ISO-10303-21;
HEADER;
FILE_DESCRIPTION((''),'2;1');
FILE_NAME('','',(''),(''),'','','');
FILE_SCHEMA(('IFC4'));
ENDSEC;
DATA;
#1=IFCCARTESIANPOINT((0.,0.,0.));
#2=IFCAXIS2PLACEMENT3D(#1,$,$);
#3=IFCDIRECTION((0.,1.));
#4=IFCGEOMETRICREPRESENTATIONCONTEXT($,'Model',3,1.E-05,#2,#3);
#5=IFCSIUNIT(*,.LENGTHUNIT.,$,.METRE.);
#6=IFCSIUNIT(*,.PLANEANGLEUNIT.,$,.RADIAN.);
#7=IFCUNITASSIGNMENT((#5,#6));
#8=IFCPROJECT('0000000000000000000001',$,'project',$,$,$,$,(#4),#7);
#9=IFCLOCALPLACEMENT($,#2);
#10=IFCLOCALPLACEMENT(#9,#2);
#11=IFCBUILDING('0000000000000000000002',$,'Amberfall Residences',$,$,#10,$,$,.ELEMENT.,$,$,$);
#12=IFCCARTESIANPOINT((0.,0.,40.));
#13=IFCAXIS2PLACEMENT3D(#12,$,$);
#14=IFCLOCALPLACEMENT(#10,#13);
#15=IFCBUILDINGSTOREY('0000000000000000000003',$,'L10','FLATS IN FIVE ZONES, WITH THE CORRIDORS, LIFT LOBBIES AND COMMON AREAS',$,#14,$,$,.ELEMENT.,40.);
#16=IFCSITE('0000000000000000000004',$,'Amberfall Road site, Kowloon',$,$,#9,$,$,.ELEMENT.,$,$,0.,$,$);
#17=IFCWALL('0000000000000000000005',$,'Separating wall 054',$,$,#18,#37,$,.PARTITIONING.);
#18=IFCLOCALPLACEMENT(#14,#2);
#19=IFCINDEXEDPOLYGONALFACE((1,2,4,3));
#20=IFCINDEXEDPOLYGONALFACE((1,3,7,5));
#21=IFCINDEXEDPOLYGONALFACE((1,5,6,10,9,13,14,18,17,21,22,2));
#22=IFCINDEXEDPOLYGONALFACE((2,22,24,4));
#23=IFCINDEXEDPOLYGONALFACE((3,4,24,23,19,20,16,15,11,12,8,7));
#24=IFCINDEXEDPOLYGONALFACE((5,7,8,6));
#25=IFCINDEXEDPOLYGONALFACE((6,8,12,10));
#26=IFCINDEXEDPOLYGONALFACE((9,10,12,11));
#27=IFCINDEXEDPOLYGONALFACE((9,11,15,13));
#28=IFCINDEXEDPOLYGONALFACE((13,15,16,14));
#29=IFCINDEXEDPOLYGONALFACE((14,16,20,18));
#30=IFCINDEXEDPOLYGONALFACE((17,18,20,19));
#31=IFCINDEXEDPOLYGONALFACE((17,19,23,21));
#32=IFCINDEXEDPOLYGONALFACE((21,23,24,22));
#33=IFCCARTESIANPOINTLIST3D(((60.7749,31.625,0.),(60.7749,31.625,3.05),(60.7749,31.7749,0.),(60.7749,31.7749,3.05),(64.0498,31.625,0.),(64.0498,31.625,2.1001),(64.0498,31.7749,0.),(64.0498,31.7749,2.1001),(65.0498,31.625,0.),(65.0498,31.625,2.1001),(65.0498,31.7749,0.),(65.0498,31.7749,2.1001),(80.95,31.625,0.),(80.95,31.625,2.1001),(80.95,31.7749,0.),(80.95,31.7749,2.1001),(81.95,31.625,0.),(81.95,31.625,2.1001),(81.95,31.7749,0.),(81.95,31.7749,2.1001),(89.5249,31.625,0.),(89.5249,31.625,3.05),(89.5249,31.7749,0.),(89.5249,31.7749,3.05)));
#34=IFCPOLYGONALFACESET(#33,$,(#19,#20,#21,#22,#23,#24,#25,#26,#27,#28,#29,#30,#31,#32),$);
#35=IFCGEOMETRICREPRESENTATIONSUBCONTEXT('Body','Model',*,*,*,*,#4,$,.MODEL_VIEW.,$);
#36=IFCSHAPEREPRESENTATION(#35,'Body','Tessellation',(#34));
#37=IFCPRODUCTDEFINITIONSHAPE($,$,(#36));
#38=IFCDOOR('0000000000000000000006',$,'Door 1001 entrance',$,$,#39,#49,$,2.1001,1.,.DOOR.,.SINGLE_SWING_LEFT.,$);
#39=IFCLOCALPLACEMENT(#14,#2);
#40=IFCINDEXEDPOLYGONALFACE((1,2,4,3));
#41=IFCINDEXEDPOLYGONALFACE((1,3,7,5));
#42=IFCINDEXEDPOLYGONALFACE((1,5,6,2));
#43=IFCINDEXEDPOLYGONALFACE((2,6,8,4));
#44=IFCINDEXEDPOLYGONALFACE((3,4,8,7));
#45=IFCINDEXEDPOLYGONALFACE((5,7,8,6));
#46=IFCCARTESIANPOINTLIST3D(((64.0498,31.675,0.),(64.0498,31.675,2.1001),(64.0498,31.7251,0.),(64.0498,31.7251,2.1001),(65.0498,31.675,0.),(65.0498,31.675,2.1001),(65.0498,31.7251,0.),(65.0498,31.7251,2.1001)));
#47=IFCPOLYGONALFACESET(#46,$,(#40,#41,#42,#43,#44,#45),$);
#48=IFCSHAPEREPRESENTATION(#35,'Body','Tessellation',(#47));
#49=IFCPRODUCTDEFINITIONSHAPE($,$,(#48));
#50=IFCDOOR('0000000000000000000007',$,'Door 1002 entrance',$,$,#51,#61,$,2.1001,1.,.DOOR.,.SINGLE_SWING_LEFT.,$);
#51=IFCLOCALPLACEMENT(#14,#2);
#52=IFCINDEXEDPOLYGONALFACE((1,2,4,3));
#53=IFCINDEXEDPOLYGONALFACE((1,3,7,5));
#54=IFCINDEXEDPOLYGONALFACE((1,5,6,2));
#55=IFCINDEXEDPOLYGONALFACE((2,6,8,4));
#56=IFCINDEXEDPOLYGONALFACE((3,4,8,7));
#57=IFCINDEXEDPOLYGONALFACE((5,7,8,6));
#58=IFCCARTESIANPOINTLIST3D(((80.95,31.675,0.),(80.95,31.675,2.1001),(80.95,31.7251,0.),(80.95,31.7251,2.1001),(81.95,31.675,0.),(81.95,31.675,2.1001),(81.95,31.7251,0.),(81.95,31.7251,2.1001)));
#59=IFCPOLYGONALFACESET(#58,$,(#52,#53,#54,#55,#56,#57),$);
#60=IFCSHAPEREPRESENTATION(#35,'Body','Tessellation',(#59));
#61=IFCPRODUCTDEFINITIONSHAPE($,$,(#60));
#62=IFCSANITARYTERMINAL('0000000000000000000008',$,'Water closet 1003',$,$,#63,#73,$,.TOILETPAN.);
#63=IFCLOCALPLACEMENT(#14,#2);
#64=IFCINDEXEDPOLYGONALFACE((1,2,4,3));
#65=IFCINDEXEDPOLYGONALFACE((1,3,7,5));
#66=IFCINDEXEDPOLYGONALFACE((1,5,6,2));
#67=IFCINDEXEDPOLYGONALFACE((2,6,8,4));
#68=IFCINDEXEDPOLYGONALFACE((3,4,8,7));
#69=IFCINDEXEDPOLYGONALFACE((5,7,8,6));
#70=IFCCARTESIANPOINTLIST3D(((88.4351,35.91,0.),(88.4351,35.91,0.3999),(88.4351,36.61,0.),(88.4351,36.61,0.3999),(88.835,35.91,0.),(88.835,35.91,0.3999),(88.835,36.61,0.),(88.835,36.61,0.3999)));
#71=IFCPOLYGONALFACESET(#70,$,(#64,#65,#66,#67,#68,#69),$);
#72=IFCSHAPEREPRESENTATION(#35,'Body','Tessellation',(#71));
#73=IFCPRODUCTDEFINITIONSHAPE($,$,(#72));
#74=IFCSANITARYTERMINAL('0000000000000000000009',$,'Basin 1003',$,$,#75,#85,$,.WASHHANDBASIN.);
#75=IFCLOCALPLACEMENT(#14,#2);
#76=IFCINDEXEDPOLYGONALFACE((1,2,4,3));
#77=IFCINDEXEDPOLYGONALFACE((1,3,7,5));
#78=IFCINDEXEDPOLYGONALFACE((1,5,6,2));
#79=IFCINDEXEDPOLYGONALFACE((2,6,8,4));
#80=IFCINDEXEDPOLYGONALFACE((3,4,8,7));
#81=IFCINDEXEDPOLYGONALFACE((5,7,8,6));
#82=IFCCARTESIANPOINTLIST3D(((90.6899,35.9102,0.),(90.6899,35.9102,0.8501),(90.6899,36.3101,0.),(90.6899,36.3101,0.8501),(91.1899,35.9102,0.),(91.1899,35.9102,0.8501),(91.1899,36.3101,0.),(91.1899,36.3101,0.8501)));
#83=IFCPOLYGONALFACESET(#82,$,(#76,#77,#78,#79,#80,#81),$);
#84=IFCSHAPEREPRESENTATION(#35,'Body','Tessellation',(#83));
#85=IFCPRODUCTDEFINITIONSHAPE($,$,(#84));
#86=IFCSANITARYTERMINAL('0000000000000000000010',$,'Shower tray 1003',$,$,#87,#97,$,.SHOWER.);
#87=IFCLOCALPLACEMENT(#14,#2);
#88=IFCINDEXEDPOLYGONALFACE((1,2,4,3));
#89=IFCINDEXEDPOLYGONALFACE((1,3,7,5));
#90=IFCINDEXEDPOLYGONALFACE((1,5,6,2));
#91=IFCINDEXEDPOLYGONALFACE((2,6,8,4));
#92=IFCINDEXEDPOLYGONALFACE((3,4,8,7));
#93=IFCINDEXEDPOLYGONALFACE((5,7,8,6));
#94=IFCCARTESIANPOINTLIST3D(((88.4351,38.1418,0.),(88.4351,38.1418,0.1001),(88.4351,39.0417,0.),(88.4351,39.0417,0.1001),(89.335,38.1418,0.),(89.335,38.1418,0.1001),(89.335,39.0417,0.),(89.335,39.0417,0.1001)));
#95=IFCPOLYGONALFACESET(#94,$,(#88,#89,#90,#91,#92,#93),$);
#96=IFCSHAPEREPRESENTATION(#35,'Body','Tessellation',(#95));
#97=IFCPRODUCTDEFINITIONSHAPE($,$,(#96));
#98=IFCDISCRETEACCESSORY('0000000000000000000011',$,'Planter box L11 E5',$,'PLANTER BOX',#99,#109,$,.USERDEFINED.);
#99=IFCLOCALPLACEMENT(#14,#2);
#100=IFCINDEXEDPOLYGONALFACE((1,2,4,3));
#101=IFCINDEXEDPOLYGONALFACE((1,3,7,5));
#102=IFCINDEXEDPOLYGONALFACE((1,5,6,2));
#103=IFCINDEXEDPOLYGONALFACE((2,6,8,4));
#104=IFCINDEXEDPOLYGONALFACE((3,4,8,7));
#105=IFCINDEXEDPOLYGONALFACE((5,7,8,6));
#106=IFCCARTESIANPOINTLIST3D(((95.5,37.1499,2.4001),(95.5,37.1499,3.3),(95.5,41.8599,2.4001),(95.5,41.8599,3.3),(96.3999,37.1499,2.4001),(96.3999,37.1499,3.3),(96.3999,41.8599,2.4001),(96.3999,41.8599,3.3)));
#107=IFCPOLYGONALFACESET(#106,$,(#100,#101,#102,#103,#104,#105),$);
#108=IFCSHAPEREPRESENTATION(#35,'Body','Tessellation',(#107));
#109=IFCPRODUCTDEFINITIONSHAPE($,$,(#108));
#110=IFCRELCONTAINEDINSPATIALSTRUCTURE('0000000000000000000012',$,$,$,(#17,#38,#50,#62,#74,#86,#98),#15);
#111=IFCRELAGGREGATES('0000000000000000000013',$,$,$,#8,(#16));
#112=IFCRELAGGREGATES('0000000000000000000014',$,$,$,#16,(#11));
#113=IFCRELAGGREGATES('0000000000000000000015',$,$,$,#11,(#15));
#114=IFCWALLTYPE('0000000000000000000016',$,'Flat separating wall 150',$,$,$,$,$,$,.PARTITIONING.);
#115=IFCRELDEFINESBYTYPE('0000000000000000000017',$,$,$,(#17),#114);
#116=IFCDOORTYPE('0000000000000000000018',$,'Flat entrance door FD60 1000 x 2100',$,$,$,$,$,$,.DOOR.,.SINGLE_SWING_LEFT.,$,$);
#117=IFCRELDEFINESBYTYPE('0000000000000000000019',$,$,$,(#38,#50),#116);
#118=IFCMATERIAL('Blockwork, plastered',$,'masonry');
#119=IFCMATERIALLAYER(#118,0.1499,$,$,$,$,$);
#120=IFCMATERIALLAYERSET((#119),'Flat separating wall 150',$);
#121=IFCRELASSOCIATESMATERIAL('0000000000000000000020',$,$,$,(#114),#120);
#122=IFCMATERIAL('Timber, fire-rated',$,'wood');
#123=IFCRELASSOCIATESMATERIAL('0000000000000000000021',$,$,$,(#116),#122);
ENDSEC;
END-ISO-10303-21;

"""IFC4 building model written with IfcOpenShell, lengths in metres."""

from ifc_helpers import new_model, si_unit, direction, frame, frame_2d, origin, origin_2d, place, context, subcontext, project, spatial, rectangle, extrude, material, layer, layer_set, type_object, element, fill, save


model = new_model("IFC4")

# Units and contexts
model_context = context("Model", 3, precision=1e-05, world=origin(), true_north=direction((0.0, 1.0)))
body_context = subcontext(model_context, "Body", "Model", "MODEL_VIEW")
ifc_project = project(units=[si_unit("LENGTHUNIT", "METRE"), si_unit("PLANEANGLEUNIT", "RADIAN")], contexts=[model_context])

# Site, building, storey
site_placement = place(None, origin())
site = spatial("IfcSite", under=ifc_project, at=site_placement, Name="Amberfall Road site, Kowloon", CompositionType="ELEMENT", RefElevation=0.0)
building_placement = place(site_placement, origin())
building = spatial("IfcBuilding", under=site, at=building_placement, Name="Amberfall Residences", CompositionType="ELEMENT")
storey_placement = place(building_placement, frame((0.0, 0.0, 40.0)))
storey = spatial("IfcBuildingStorey", under=building, at=storey_placement, Name="L10", Description="FLATS IN FIVE ZONES, WITH THE CORRIDORS, LIFT LOBBIES AND COMMON AREAS", CompositionType="ELEMENT", Elevation=40.0)

# Shared definitions
ifc_material_1 = material(Name="Blockwork, plastered", Category="masonry")
ifc_layer_1 = layer(ifc_material_1, 0.1499)
ifc_layer_set_1 = layer_set([ifc_layer_1], Name="Flat separating wall 150")
wall_type_1 = type_object("IfcWallType", Name="Flat separating wall 150", PredefinedType="PARTITIONING", material=ifc_layer_set_1)

# Wall, openings, doors
wall_1_placement = place(storey_placement, frame((89.5249, 31.7, 0.0), z_axis=(0.0, 0.0, 1.0), x_axis=(-1.0, 0.0, 0.0)))
wall_1 = element("IfcWall", 1, at=wall_1_placement, inside=storey, type_object=wall_type_1, Name="Separating wall 054", PredefinedType="PARTITIONING", context=body_context, shape_type="SweptSolid", body=[
    extrude(rectangle(XDim=28.75, YDim=0.1499, at=frame_2d((14.375, 0.0))), origin(), (0.0, 0.0, 1.0), 3.05),
])
opening_1_placement = place(wall_1_placement, frame((24.4751, 0.0, 0.0)))
opening_1 = element("IfcOpeningElement", 2, at=opening_1_placement, cuts=wall_1, PredefinedType="OPENING", context=body_context, shape_type="SweptSolid", body=[
    extrude(rectangle(XDim=1.0, YDim=2.1001, at=frame_2d((0.5, 1.05))), frame((0.0, 0.085, 0.0), z_axis=(0.0, -1.0, 0.0), x_axis=(1.0, 0.0, 0.0)), (0.0, 0.0, 1.0), 0.1699),
])
opening_2_placement = place(wall_1_placement, frame((7.575, 0.0, 0.0)))
opening_2 = element("IfcOpeningElement", 3, at=opening_2_placement, cuts=wall_1, PredefinedType="OPENING", context=body_context, shape_type="SweptSolid", body=[
    extrude(rectangle(XDim=1.0, YDim=2.1001, at=frame_2d((0.5, 1.05))), frame((0.0, 0.085, 0.0), z_axis=(0.0, -1.0, 0.0), x_axis=(1.0, 0.0, 0.0)), (0.0, 0.0, 1.0), 0.1699),
])
ifc_material_2 = material(Name="Timber, fire-rated", Category="wood")
door_type_1 = type_object("IfcDoorType", Name="Flat entrance door FD60 1000 x 2100", OperationType="SINGLE_SWING_LEFT", PredefinedType="DOOR", material=ifc_material_2)
door_1_placement = place(opening_1_placement, origin())
door_1 = element("IfcDoor", 4, at=door_1_placement, inside=storey, type_object=door_type_1, Name="Door 1001 entrance", OperationType="SINGLE_SWING_LEFT", OverallHeight=2.1001, OverallWidth=1.0, PredefinedType="DOOR", context=body_context, shape_type="SweptSolid", body=[
    extrude(rectangle(XDim=1.0, YDim=2.1001, at=frame_2d((0.5, 1.05))), frame((0.0, 0.0249, 0.0), z_axis=(0.0, -1.0, 0.0), x_axis=(1.0, 0.0, 0.0)), (0.0, 0.0, 1.0), 0.05),
])
fill(opening_1, door_1)
door_2_placement = place(opening_2_placement, origin())
door_2 = element("IfcDoor", 5, at=door_2_placement, inside=storey, type_object=door_type_1, Name="Door 1002 entrance", OperationType="SINGLE_SWING_LEFT", OverallHeight=2.1001, OverallWidth=1.0, PredefinedType="DOOR", context=body_context, shape_type="SweptSolid", body=[
    extrude(rectangle(XDim=1.0, YDim=2.1001, at=frame_2d((0.5, 1.05))), frame((0.0, 0.0249, 0.0), z_axis=(0.0, -1.0, 0.0), x_axis=(1.0, 0.0, 0.0)), (0.0, 0.0, 1.0), 0.05),
])
fill(opening_2, door_2)

# Sanitary terminals
sanitary_terminal_1_placement = place(storey_placement, frame((88.635, 36.26, 0.0), z_axis=(0.0, 0.0, 1.0), x_axis=(1.0, 0.0, 0.0)))
element("IfcSanitaryTerminal", 6, at=sanitary_terminal_1_placement, inside=storey, Name="Water closet 1003", PredefinedType="TOILETPAN", context=body_context, shape_type="SweptSolid", body=[
    extrude(rectangle(XDim=0.3999, YDim=0.7, at=origin_2d()), origin(), (0.0, 0.0, 1.0), 0.3999),
])
sanitary_terminal_2_placement = place(storey_placement, frame((90.9399, 36.1101, 0.0), z_axis=(0.0, 0.0, 1.0), x_axis=(1.0, 0.0, 0.0)))
element("IfcSanitaryTerminal", 7, at=sanitary_terminal_2_placement, inside=storey, Name="Basin 1003", PredefinedType="WASHHANDBASIN", context=body_context, shape_type="SweptSolid", body=[
    extrude(rectangle(XDim=0.5, YDim=0.3999, at=origin_2d()), origin(), (0.0, 0.0, 1.0), 0.8501),
])
sanitary_terminal_3_placement = place(storey_placement, frame((88.885, 38.5918, 0.0), z_axis=(0.0, 0.0, 1.0), x_axis=(1.0, 0.0, 0.0)))
element("IfcSanitaryTerminal", 8, at=sanitary_terminal_3_placement, inside=storey, Name="Shower tray 1003", PredefinedType="SHOWER", context=body_context, shape_type="SweptSolid", body=[
    extrude(rectangle(XDim=0.8999, YDim=0.8999, at=origin_2d()), origin(), (0.0, 0.0, 1.0), 0.1001),
])

# Discrete accessory
discrete_accessory_placement = place(storey_placement, frame((95.95, 39.5049, 2.4001), z_axis=(0.0, 0.0, 1.0), x_axis=(0.0, 1.0, 0.0)))
element("IfcDiscreteAccessory", 9, at=discrete_accessory_placement, inside=storey, Name="Planter box L11 E5", ObjectType="PLANTER BOX", PredefinedType="USERDEFINED", context=body_context, shape_type="SweptSolid", body=[
    extrude(rectangle(XDim=4.71, YDim=0.8999, at=origin_2d()), origin(), (0.0, 0.0, 1.0), 0.8999),
])

save(model, "model.ifc")
